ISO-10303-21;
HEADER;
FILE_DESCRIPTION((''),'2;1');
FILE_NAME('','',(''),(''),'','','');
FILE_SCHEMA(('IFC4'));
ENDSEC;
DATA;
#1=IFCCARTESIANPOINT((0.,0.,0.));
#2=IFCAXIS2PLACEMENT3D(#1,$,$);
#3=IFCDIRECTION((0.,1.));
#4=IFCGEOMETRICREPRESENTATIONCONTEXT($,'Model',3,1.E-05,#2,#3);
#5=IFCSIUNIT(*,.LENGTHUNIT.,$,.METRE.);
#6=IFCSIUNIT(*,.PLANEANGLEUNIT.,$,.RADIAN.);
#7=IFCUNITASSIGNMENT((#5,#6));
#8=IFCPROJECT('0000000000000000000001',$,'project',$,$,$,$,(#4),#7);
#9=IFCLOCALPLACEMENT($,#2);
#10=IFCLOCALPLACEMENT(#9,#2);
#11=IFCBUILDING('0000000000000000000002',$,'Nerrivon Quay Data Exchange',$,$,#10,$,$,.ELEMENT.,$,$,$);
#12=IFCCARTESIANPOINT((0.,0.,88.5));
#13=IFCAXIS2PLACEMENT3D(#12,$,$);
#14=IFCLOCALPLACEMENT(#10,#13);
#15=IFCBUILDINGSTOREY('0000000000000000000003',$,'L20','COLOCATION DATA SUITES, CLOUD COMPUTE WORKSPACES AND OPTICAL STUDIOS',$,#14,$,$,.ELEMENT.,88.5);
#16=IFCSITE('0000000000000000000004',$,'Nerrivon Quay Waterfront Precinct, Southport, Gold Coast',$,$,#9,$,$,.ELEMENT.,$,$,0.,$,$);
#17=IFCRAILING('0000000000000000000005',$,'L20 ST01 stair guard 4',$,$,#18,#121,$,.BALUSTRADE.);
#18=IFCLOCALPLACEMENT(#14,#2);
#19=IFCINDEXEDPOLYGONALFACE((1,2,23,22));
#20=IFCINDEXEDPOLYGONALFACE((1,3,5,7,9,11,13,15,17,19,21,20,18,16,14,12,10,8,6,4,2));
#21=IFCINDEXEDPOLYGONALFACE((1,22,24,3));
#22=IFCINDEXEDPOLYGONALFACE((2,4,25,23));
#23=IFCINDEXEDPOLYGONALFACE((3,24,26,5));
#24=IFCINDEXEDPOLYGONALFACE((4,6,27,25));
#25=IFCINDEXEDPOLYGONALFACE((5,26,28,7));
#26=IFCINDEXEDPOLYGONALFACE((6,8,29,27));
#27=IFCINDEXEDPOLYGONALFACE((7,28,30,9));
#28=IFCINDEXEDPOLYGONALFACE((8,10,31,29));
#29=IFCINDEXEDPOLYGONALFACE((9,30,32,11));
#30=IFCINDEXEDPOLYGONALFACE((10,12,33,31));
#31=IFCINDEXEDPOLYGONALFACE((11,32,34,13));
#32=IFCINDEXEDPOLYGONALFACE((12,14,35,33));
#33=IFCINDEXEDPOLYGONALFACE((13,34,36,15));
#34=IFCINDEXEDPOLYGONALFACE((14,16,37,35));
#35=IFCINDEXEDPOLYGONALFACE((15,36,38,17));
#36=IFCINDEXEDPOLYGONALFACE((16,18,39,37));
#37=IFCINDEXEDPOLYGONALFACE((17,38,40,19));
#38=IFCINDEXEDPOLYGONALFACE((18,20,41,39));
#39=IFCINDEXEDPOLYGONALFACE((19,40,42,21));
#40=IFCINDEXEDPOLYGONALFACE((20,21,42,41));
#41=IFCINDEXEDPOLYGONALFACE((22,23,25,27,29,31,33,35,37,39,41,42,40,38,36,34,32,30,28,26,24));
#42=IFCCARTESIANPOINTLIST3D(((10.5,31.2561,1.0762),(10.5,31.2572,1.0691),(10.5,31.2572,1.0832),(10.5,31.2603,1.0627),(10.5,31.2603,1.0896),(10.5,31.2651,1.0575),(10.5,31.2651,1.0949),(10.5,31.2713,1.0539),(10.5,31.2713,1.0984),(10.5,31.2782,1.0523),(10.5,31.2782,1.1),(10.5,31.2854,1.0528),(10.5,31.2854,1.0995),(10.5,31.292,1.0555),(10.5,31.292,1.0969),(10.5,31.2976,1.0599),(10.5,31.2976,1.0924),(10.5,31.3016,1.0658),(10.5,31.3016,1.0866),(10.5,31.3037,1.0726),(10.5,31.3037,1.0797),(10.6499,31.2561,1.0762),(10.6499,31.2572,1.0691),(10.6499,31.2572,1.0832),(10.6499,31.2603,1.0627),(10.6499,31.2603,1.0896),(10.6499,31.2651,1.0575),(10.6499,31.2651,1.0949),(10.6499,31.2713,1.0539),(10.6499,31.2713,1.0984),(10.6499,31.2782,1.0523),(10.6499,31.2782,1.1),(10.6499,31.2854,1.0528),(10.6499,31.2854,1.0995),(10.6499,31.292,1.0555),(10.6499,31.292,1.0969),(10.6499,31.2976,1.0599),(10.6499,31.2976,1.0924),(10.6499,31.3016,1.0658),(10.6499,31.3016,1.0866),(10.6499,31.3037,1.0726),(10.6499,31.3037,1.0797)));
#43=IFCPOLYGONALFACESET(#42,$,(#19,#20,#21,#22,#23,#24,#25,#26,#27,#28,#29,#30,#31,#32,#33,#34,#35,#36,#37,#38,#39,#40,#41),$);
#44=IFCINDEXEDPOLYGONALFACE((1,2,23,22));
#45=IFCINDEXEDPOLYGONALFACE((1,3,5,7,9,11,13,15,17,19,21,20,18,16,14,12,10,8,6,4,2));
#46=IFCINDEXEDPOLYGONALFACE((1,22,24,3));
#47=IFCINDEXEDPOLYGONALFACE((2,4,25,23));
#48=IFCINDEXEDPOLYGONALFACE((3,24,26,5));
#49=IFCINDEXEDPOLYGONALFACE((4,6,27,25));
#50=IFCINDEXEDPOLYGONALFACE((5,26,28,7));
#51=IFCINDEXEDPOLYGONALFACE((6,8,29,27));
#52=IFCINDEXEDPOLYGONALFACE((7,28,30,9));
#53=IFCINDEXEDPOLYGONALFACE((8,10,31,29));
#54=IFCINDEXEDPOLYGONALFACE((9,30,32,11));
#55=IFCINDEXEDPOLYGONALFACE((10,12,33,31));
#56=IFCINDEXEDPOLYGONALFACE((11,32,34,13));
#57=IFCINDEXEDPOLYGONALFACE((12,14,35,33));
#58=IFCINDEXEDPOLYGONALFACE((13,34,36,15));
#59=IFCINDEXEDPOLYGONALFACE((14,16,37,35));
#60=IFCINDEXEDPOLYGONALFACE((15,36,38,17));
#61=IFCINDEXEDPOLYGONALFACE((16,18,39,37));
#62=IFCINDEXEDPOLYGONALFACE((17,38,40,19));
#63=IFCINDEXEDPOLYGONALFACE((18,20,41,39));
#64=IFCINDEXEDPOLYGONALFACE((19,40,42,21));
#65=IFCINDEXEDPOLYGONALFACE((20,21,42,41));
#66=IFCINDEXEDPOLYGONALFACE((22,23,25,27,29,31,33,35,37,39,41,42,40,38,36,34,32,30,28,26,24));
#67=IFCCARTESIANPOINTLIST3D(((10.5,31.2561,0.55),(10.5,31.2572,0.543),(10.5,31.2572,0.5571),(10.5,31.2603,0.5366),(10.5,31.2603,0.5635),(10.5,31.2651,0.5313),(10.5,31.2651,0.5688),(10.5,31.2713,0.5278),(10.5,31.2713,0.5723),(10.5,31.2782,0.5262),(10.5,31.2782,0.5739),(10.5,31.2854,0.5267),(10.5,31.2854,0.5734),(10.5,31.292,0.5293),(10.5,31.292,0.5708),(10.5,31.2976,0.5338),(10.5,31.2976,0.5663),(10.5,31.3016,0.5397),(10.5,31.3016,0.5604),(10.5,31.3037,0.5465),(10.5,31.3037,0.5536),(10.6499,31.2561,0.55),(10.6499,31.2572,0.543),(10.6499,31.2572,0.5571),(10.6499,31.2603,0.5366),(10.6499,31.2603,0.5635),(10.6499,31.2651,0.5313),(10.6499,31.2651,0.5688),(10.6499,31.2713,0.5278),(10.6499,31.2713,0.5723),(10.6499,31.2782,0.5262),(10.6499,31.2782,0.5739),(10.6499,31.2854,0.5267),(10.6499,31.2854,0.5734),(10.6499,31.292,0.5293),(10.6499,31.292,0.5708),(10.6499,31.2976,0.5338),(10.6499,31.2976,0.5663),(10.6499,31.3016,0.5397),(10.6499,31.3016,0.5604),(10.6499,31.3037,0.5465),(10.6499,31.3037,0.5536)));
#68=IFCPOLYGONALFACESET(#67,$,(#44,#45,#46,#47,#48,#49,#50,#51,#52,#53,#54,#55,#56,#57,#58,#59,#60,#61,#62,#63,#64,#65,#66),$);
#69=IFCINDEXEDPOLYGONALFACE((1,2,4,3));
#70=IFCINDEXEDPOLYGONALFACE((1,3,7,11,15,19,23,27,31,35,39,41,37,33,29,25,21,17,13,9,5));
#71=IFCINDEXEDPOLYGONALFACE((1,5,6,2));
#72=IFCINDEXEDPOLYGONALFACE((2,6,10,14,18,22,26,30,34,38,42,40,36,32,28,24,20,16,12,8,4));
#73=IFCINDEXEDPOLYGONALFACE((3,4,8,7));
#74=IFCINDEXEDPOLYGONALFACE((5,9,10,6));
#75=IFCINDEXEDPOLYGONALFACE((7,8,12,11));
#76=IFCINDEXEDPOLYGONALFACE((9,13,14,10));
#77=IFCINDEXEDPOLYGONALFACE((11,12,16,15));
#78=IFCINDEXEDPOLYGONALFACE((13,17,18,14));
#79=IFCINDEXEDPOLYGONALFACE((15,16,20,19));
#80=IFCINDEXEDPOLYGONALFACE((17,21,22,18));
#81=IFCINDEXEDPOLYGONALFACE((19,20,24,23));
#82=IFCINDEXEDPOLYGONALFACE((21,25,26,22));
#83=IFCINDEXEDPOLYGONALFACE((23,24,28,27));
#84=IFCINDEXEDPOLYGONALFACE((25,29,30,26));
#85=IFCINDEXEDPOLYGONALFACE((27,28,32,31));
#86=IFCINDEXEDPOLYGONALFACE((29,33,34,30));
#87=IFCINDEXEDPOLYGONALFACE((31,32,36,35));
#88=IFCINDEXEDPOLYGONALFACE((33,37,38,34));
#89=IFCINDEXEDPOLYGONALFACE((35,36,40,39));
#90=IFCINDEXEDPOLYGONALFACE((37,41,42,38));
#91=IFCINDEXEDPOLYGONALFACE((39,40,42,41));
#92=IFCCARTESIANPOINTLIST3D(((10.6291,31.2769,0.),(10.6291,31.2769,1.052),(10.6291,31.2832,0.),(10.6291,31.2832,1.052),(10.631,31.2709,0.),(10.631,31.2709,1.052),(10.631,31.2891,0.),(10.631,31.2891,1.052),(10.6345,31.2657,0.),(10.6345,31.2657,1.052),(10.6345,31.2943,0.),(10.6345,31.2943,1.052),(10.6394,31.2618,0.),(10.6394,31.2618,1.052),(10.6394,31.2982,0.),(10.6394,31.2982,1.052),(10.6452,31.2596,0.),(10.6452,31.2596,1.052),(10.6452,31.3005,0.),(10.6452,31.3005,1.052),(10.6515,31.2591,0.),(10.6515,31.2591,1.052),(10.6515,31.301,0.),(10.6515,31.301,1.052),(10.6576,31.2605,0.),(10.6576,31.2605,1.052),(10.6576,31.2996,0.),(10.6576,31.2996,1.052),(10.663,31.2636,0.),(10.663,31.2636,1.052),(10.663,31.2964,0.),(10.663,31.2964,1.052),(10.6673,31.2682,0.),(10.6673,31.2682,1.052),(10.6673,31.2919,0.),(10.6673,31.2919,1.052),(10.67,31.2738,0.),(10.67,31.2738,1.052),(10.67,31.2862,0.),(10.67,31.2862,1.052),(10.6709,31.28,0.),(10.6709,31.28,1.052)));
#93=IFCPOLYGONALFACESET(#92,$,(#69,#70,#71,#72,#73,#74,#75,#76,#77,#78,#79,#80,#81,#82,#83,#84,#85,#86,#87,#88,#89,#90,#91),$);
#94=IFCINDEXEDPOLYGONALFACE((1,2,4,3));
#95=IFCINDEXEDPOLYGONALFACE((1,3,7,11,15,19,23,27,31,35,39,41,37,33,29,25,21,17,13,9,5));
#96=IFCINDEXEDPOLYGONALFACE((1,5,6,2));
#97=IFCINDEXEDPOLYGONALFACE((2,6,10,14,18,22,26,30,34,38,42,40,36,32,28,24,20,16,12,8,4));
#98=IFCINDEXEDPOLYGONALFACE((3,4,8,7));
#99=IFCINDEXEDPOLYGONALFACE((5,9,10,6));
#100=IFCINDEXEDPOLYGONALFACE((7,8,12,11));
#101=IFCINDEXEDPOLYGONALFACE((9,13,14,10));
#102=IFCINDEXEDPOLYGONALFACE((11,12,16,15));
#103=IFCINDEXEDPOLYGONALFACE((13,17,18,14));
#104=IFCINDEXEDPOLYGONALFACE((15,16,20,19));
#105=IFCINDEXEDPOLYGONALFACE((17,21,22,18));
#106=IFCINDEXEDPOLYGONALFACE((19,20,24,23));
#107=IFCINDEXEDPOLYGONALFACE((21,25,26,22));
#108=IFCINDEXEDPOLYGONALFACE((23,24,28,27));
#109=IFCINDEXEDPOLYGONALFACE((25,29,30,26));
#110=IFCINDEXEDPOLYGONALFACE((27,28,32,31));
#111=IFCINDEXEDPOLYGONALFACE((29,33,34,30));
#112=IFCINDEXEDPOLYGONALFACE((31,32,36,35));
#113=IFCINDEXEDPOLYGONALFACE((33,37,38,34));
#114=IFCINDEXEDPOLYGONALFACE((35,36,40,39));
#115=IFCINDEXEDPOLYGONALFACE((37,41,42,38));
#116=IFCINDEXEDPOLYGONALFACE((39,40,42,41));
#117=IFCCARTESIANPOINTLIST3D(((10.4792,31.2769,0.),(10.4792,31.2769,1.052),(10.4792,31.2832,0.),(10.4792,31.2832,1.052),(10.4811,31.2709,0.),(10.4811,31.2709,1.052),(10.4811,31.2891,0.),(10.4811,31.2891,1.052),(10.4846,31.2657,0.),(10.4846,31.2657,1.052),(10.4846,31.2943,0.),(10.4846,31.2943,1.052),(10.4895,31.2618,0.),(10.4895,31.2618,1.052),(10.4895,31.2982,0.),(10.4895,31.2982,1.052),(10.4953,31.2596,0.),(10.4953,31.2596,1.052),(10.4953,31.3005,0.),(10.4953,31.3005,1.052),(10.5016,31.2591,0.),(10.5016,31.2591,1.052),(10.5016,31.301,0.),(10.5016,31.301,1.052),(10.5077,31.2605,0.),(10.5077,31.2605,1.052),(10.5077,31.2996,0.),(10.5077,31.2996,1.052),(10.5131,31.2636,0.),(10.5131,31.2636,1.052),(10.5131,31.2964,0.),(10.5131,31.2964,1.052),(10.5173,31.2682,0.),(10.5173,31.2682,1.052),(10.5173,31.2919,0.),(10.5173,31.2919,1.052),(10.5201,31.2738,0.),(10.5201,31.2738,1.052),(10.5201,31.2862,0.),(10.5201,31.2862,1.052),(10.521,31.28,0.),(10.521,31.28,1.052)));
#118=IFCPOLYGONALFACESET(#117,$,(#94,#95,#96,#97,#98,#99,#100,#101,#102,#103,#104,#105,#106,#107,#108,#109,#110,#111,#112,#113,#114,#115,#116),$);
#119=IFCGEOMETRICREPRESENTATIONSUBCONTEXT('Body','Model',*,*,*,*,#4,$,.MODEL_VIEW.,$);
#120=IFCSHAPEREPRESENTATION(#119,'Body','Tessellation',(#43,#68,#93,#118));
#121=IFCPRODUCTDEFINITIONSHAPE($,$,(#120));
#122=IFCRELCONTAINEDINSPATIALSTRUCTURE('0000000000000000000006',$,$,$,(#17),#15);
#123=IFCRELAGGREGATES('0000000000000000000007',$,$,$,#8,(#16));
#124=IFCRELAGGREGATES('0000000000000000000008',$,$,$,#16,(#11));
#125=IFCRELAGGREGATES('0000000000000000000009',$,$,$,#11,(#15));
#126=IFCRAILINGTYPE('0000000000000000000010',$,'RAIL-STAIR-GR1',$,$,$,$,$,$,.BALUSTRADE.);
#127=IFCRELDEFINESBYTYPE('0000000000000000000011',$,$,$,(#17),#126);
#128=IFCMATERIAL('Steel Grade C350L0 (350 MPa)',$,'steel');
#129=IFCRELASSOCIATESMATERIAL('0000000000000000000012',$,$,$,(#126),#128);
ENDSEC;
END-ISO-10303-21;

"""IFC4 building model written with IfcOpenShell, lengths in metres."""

from ifc_helpers import new_model, si_unit, direction, frame, origin, origin_2d, place, context, subcontext, project, spatial, circle, extrude, material, type_object, element, save


model = new_model("IFC4")

# Units and contexts
model_context = context("Model", 3, precision=1e-05, world=origin(), true_north=direction((0.0, 1.0)))
body_context = subcontext(model_context, "Body", "Model", "MODEL_VIEW")
ifc_project = project(units=[si_unit("LENGTHUNIT", "METRE"), si_unit("PLANEANGLEUNIT", "RADIAN")], contexts=[model_context])

# Site, building, storey
site_placement = place(None, origin())
site = spatial("IfcSite", under=ifc_project, at=site_placement, Name="Nerrivon Quay Waterfront Precinct, Southport, Gold Coast", CompositionType="ELEMENT", RefElevation=0.0)
building_placement = place(site_placement, origin())
building = spatial("IfcBuilding", under=site, at=building_placement, Name="Nerrivon Quay Data Exchange", CompositionType="ELEMENT")
storey_placement = place(building_placement, frame((0.0, 0.0, 88.5)))
storey = spatial("IfcBuildingStorey", under=building, at=storey_placement, Name="L20", Description="COLOCATION DATA SUITES, CLOUD COMPUTE WORKSPACES AND OPTICAL STUDIOS", CompositionType="ELEMENT", Elevation=88.5)

# Railing
ifc_material_1 = material(Name="Steel Grade C350L0 (350 MPa)", Category="steel")
railing_type_1 = type_object("IfcRailingType", Name="RAIL-STAIR-GR1", PredefinedType="BALUSTRADE", material=ifc_material_1)
railing_1_placement = place(storey_placement, frame((10.6499, 31.28, 0.0)))
element("IfcRailing", 1, at=railing_1_placement, inside=storey, type_object=railing_type_1, Name="L20 ST01 stair guard 4", PredefinedType="BALUSTRADE", context=body_context, shape_type="SweptSolid", body=[
    extrude(circle(Radius=0.0239, at=origin_2d()), frame((0.0, 0.0, 1.0762), z_axis=(-1.0, 0.0, 0.0), x_axis=(0.0, -1.0, 0.0)), (0.0, 0.0, 1.0), 0.1499),
    extrude(circle(Radius=0.0239, at=origin_2d()), frame((0.0, 0.0, 0.55), z_axis=(-1.0, 0.0, 0.0), x_axis=(0.0, -1.0, 0.0)), (0.0, 0.0, 1.0), 0.1499),
    extrude(circle(Radius=0.021, at=origin_2d()), origin(), (0.0, 0.0, 1.0), 1.052),
    extrude(circle(Radius=0.021, at=origin_2d()), frame((-0.1499, 0.0, 0.0)), (0.0, 0.0, 1.0), 1.052),
])

save(model, "model.ifc")
